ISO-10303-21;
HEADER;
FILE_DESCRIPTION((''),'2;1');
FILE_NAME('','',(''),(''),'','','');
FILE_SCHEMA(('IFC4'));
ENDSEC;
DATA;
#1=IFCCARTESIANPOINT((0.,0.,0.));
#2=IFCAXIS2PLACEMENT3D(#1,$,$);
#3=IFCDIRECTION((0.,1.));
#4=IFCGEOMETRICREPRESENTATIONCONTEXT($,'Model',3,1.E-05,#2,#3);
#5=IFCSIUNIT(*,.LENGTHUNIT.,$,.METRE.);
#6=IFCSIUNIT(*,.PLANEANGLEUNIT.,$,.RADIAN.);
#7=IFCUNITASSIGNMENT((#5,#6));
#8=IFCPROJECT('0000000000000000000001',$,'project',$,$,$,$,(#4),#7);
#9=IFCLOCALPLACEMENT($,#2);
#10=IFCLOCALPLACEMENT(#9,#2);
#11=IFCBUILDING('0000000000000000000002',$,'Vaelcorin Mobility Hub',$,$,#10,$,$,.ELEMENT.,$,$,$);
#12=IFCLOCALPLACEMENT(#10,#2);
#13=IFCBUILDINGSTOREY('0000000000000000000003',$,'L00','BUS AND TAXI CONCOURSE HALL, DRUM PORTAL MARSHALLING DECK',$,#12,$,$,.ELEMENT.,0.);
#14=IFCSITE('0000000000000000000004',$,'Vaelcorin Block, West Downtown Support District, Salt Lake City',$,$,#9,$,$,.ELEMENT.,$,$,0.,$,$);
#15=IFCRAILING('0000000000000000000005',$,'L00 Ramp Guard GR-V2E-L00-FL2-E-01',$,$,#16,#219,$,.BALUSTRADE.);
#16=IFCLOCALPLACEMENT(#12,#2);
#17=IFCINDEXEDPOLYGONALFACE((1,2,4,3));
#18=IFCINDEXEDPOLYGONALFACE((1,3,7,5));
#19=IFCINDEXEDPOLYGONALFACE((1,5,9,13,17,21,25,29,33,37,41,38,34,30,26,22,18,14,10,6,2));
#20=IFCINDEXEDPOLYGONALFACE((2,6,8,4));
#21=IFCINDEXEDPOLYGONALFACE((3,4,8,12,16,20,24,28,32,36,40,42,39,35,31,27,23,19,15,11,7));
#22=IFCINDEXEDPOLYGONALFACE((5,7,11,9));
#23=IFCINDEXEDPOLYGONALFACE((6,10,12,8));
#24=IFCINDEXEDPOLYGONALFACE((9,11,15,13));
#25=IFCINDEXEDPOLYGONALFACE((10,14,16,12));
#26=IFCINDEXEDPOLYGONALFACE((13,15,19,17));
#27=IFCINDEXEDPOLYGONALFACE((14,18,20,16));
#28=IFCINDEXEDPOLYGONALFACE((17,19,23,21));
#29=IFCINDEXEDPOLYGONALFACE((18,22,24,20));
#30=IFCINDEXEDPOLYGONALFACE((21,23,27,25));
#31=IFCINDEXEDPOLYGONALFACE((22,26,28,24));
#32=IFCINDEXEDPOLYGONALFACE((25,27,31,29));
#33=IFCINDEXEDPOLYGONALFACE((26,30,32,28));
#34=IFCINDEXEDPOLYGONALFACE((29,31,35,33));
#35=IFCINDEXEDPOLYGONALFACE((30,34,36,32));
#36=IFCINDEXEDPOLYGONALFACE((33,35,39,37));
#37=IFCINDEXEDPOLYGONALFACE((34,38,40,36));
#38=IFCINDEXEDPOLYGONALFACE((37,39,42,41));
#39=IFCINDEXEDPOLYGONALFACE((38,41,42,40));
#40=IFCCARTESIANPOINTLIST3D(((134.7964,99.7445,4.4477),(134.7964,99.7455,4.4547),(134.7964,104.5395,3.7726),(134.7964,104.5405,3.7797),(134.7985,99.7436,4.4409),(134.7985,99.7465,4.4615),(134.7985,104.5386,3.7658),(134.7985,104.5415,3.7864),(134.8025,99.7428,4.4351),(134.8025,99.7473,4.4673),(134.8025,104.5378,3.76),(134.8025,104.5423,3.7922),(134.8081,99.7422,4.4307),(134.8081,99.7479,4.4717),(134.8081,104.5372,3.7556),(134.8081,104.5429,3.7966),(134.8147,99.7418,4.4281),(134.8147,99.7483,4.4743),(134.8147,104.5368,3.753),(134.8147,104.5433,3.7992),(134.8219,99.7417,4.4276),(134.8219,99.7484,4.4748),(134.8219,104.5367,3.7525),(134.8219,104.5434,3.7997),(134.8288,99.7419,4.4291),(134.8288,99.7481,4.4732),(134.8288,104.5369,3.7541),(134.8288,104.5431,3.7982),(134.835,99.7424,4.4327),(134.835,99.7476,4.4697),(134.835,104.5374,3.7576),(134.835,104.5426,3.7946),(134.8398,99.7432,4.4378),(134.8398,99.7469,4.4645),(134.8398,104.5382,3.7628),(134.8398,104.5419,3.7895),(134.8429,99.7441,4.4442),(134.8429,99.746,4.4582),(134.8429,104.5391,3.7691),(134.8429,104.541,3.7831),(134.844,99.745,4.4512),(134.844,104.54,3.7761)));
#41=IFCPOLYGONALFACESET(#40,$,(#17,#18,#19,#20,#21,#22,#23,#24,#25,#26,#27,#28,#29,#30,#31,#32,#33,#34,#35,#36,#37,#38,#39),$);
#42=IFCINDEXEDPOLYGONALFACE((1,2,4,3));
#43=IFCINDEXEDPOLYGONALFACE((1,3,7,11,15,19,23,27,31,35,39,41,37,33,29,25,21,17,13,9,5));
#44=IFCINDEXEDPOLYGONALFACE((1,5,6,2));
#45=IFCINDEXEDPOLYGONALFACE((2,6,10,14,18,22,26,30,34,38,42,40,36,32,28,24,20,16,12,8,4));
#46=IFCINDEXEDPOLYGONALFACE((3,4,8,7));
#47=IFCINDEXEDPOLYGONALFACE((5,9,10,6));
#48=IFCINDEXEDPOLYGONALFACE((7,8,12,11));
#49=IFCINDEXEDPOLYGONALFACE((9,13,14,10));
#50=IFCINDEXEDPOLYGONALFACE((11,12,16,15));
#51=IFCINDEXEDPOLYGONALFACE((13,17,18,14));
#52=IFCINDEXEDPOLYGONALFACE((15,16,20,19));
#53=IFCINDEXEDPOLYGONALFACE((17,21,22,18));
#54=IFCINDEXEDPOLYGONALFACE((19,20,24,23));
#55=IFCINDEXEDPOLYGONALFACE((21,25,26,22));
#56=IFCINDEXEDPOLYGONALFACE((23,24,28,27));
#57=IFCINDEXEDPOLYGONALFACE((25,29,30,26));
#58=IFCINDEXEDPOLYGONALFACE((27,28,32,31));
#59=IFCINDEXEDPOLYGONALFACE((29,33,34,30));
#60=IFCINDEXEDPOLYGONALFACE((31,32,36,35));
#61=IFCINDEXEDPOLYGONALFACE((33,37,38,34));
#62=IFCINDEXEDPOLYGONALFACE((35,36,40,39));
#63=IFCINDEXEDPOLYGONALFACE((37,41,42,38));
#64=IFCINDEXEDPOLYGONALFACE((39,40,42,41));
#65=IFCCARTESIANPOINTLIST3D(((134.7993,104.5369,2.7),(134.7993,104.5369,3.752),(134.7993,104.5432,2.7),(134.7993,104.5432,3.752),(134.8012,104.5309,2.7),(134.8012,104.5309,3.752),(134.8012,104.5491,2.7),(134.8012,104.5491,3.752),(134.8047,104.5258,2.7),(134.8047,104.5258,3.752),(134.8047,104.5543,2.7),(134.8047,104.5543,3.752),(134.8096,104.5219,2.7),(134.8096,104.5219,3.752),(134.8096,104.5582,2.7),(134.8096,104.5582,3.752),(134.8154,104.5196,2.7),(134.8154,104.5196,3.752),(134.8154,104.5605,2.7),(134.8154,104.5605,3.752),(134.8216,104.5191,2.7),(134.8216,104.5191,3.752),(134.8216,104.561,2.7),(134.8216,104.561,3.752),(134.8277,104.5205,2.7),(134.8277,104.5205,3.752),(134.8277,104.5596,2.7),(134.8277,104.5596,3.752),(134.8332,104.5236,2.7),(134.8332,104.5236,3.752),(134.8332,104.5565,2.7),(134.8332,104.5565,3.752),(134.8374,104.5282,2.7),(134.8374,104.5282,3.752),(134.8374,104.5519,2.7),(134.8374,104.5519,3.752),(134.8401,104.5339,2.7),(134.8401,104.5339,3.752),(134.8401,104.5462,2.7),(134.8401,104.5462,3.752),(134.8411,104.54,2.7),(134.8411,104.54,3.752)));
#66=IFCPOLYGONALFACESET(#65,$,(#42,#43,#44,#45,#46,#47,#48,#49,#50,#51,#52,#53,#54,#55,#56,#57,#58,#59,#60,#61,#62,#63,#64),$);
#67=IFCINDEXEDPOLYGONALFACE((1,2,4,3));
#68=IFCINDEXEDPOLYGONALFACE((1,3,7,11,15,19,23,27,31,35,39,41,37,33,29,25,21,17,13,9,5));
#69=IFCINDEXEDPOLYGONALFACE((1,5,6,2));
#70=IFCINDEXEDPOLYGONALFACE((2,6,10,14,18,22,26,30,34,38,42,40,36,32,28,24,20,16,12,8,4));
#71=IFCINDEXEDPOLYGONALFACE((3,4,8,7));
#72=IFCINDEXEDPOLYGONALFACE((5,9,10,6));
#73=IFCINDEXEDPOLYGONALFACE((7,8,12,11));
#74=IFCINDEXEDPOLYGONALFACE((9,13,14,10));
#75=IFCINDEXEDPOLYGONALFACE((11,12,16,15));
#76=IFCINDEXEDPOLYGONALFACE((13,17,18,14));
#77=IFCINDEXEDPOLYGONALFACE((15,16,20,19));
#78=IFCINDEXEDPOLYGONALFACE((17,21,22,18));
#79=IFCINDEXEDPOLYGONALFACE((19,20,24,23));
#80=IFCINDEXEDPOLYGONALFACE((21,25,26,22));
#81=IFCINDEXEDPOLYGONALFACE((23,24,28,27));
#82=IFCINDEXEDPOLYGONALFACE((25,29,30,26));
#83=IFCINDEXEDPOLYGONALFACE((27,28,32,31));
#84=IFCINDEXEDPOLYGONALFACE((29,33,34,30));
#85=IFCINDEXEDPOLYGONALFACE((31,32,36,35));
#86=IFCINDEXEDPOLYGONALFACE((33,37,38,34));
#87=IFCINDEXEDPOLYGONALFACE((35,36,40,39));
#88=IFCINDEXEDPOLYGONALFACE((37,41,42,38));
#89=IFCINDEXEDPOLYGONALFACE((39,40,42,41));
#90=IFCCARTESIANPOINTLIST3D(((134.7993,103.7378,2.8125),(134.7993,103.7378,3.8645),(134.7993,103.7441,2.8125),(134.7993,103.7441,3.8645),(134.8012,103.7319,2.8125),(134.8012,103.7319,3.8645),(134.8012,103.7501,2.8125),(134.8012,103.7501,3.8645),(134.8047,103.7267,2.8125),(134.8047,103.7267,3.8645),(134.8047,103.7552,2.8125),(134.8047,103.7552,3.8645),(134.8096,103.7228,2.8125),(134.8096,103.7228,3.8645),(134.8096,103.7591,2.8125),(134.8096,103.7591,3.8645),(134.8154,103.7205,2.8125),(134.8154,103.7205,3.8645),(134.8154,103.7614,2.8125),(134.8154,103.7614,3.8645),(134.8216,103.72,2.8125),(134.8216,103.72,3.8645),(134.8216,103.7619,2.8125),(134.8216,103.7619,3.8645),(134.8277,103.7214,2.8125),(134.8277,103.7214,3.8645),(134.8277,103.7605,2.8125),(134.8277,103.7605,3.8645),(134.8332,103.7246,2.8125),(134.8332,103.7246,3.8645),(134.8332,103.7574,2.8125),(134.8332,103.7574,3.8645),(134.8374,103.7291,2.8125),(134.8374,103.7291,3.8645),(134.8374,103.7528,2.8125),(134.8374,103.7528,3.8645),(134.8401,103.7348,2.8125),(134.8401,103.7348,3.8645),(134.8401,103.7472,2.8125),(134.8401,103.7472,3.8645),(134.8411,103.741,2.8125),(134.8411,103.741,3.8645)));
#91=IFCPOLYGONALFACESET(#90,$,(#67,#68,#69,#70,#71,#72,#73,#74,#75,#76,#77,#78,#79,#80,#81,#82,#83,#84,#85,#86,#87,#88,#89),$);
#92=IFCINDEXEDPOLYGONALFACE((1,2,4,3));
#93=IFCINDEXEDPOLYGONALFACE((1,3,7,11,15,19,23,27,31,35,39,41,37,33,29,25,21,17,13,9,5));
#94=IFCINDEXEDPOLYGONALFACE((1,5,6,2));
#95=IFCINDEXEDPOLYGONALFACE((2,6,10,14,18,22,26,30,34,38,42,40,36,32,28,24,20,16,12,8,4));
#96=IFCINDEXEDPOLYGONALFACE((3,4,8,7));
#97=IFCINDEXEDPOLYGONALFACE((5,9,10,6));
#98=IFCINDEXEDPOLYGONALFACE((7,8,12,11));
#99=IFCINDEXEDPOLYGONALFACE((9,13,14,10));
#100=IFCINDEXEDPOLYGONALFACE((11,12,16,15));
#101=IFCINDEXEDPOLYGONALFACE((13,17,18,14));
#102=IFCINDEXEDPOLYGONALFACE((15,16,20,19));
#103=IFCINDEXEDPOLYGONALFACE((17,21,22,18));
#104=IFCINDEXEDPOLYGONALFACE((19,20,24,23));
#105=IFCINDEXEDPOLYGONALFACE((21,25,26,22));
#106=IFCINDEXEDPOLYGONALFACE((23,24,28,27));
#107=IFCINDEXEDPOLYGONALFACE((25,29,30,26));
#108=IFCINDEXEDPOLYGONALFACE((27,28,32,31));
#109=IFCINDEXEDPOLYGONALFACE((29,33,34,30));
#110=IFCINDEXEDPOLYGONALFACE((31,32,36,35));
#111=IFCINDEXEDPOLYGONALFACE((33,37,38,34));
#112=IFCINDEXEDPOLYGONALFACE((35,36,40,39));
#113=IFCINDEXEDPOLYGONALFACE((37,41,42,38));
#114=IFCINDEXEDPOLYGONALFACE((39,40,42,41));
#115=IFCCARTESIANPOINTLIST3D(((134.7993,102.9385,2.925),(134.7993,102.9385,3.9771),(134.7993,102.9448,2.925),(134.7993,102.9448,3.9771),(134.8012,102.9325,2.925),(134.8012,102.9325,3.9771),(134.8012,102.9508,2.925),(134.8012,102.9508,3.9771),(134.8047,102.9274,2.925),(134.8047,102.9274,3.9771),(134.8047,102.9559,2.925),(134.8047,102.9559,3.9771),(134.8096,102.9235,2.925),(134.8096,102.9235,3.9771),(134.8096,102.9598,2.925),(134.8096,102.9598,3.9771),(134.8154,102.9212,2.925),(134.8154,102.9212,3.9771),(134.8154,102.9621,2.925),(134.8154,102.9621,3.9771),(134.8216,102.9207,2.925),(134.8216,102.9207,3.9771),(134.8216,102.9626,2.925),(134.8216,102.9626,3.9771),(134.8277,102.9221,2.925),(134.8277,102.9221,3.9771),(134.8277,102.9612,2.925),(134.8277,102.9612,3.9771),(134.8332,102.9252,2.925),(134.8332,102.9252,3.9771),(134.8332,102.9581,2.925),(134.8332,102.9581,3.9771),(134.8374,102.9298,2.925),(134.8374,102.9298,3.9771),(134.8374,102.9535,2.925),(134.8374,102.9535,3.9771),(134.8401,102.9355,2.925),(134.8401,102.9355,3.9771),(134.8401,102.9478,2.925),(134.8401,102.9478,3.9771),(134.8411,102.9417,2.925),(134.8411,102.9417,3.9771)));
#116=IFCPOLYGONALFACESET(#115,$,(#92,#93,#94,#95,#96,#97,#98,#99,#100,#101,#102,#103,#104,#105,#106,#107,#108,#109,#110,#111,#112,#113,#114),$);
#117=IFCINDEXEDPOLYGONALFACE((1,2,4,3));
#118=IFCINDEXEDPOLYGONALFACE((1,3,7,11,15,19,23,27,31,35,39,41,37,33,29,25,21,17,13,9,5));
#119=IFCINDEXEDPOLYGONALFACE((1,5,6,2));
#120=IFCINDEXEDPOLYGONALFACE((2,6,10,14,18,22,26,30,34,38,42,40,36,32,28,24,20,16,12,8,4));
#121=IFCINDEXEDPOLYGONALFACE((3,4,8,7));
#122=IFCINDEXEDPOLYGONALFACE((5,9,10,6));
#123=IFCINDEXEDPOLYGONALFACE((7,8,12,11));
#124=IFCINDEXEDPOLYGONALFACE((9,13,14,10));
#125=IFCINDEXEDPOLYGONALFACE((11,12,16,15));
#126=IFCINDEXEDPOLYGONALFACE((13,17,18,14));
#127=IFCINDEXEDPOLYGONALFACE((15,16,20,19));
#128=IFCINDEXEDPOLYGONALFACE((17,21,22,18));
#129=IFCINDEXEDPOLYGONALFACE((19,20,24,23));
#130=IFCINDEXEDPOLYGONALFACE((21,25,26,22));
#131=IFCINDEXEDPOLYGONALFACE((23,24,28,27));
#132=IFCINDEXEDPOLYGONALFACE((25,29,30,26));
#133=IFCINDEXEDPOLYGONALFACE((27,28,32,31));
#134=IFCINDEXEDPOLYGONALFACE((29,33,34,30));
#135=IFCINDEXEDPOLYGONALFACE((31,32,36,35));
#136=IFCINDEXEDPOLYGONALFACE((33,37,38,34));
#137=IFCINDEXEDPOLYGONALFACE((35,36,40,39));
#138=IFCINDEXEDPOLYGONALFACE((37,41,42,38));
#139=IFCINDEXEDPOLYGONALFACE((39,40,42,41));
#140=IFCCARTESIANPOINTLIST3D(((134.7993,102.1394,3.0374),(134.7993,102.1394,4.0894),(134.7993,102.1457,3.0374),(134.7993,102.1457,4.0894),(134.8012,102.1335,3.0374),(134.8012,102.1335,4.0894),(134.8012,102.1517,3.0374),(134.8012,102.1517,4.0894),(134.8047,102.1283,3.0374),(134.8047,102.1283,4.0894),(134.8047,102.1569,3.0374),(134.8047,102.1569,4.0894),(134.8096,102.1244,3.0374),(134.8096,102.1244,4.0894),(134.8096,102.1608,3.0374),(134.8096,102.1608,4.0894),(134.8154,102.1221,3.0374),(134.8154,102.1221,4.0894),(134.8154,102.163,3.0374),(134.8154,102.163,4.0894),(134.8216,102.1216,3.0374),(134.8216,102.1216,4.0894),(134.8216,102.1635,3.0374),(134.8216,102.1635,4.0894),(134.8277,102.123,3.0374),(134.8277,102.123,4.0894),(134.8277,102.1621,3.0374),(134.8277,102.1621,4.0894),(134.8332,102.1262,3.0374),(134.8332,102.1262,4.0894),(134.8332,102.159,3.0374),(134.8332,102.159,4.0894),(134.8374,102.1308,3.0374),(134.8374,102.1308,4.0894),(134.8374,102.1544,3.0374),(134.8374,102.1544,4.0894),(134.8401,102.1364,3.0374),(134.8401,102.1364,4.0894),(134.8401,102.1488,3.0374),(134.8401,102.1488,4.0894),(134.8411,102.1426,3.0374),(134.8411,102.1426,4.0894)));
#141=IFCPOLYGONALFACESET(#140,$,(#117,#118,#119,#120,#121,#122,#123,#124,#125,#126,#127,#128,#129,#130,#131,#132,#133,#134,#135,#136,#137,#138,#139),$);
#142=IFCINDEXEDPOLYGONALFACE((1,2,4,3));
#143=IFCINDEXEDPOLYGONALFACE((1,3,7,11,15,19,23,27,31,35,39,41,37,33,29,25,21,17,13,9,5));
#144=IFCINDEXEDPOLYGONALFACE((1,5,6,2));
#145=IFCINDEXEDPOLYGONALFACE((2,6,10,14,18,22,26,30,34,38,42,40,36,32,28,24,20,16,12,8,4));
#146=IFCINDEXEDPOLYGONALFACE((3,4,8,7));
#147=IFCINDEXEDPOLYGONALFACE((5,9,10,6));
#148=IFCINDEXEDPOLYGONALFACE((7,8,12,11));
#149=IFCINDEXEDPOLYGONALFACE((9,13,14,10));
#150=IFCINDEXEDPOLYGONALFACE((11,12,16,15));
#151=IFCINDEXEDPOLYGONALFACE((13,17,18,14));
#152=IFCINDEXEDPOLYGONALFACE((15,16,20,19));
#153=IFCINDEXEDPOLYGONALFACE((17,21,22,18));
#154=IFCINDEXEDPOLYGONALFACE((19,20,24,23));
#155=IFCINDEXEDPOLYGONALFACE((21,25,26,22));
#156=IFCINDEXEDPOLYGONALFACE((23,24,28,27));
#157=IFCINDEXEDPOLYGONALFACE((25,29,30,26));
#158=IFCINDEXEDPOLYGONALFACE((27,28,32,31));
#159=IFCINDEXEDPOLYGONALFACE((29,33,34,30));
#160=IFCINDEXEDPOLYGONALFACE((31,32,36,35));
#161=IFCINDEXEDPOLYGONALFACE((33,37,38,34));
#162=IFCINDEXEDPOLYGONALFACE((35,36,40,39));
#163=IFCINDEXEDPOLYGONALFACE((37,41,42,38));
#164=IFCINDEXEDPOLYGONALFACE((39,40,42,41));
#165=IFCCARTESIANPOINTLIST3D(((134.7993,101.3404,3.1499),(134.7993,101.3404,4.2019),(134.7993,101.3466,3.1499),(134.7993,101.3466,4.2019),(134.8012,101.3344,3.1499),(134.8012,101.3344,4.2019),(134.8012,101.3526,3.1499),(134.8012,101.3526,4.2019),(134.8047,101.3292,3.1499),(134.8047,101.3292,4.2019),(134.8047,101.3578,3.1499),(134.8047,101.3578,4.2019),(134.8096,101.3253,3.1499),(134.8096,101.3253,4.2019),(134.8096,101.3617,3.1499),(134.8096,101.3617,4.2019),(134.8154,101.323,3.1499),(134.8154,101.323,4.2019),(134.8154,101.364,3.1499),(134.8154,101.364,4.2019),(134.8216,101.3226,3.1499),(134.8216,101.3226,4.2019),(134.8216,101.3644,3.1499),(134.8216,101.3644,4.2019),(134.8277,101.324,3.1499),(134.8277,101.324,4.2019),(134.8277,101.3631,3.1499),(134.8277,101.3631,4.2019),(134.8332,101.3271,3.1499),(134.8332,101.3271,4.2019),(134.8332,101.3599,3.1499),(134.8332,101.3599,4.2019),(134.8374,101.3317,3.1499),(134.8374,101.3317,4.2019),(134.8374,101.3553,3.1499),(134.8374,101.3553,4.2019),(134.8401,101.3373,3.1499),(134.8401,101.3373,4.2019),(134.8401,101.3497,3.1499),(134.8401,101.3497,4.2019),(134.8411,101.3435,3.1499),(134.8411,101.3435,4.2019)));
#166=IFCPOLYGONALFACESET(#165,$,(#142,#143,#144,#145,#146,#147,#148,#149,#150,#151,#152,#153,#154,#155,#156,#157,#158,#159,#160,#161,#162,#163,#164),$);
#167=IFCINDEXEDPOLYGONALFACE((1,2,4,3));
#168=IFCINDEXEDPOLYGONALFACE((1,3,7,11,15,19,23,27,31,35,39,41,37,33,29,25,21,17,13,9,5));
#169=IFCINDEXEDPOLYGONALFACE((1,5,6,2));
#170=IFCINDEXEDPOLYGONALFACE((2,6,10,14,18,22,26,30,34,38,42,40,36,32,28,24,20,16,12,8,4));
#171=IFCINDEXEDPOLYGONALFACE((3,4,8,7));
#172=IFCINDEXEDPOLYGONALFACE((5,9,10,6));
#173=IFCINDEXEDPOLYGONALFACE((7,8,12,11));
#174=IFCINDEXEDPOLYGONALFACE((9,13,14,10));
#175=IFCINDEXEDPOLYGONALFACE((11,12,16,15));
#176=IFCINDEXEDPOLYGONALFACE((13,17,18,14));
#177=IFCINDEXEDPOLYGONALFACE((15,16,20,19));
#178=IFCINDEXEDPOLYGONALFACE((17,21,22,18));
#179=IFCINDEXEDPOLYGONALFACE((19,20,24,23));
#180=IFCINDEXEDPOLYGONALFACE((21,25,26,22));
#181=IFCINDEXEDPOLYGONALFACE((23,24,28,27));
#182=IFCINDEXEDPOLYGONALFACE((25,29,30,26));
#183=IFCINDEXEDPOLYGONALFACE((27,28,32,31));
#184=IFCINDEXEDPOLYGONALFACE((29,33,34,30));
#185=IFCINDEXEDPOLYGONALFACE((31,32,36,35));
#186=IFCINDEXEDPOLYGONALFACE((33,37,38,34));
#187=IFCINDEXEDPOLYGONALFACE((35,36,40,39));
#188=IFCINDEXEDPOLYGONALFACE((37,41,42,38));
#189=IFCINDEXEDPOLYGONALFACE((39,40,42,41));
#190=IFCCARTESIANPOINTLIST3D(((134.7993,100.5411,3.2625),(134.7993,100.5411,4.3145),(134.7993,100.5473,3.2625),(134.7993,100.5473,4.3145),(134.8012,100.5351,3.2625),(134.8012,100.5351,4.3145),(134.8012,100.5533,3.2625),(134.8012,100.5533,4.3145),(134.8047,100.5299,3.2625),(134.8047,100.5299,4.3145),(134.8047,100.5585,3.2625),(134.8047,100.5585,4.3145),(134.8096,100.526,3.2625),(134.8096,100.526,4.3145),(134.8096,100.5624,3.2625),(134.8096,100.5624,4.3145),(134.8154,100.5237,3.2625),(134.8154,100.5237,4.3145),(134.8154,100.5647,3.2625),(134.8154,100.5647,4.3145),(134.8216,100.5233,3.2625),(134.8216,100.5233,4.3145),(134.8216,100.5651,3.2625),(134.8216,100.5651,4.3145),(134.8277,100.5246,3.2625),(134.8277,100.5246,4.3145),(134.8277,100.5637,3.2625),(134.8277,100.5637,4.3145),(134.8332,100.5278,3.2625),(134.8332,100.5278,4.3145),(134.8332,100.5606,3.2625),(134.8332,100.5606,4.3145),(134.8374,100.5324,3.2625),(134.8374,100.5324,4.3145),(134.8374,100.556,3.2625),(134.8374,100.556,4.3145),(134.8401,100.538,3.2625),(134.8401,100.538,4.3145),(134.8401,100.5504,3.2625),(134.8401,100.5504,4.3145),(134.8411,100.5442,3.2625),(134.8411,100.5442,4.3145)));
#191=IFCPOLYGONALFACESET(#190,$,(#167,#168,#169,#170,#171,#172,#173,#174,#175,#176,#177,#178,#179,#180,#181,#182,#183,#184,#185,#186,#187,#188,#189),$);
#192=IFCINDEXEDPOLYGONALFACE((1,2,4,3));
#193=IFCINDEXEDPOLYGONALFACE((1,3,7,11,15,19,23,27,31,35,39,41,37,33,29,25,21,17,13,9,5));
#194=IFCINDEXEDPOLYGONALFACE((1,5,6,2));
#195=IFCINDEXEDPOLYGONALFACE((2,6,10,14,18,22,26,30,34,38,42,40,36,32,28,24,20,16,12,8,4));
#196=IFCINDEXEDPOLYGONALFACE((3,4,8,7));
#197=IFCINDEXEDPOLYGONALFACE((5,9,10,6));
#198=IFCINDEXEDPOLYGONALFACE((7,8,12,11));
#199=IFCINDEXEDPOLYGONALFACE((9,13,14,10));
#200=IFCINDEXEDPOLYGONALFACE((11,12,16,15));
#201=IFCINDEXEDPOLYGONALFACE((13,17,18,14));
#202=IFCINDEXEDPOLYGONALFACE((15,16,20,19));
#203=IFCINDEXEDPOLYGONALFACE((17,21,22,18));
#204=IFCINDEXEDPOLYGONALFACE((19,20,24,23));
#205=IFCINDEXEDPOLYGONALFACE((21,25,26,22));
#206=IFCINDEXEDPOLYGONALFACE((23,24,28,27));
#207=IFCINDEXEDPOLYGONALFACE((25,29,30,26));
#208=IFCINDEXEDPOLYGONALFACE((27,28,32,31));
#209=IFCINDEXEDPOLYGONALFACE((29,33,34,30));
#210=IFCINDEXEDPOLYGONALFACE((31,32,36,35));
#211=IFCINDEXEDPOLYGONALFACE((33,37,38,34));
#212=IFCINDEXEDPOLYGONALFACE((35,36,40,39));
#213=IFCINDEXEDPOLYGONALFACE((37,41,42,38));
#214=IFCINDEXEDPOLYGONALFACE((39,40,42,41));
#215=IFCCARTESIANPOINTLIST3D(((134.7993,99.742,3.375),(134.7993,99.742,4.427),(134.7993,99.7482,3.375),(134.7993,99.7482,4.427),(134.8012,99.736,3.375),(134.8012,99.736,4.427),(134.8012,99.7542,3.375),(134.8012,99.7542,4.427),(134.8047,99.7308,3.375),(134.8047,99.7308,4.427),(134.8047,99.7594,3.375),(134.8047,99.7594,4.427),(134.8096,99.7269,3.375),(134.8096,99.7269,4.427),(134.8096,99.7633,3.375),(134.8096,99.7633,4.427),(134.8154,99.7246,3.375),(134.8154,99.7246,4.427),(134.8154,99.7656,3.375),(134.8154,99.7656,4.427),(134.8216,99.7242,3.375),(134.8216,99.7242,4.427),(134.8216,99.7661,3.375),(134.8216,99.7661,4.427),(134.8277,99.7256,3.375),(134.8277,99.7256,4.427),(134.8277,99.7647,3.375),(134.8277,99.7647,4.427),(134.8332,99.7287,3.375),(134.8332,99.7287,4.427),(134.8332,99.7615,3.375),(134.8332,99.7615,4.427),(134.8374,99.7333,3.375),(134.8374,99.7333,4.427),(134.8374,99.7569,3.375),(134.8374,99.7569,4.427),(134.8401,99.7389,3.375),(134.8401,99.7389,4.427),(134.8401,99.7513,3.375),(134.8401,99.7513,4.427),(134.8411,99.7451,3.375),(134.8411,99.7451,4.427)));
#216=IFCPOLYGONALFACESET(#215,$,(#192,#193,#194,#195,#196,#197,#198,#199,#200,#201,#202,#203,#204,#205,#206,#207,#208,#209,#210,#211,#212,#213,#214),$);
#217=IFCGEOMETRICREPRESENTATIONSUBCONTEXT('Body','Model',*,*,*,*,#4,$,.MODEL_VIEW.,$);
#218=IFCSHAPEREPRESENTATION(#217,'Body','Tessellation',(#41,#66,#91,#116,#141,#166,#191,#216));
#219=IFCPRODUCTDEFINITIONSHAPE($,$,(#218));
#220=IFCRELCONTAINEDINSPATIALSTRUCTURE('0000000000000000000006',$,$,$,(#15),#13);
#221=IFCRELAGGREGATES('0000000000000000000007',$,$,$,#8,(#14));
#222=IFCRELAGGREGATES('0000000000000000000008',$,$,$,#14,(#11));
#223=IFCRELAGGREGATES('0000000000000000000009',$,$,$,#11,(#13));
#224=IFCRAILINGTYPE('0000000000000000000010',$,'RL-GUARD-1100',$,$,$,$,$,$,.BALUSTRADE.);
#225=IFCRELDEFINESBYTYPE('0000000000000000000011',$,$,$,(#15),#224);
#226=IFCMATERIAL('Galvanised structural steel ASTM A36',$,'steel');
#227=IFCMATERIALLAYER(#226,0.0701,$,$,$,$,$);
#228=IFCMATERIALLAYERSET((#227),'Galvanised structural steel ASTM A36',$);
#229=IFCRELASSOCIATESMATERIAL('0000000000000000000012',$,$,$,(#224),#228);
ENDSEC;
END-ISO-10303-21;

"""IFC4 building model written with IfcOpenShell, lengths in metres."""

from ifc_helpers import new_model, si_unit, direction, frame, origin, origin_2d, place, context, subcontext, project, spatial, circle, extrude, material, layer, layer_set, type_object, element, save


model = new_model("IFC4")

# Units and contexts
model_context = context("Model", 3, precision=1e-05, world=origin(), true_north=direction((0.0, 1.0)))
body_context = subcontext(model_context, "Body", "Model", "MODEL_VIEW")
ifc_project = project(units=[si_unit("LENGTHUNIT", "METRE"), si_unit("PLANEANGLEUNIT", "RADIAN")], contexts=[model_context])

# Site, building, storey
site_placement = place(None, origin())
site = spatial("IfcSite", under=ifc_project, at=site_placement, Name="Vaelcorin Block, West Downtown Support District, Salt Lake City", CompositionType="ELEMENT", RefElevation=0.0)
building_placement = place(site_placement, origin())
building = spatial("IfcBuilding", under=site, at=building_placement, Name="Vaelcorin Mobility Hub", CompositionType="ELEMENT")
storey_placement = place(building_placement, origin())
storey = spatial("IfcBuildingStorey", under=building, at=storey_placement, Name="L00", Description="BUS AND TAXI CONCOURSE HALL, DRUM PORTAL MARSHALLING DECK", CompositionType="ELEMENT", Elevation=0.0)

# Railing
ifc_material_1 = material(Name="Galvanised structural steel ASTM A36", Category="steel")
ifc_layer = layer(ifc_material_1, 0.0701)
ifc_layer_set = layer_set([ifc_layer], Name="Galvanised structural steel ASTM A36")
railing_type = type_object("IfcRailingType", Name="RL-GUARD-1100", PredefinedType="BALUSTRADE", material=ifc_layer_set)
railing_1_placement = place(storey_placement, frame((134.8201, 104.54, 2.7)))
element("IfcRailing", 1, at=railing_1_placement, inside=storey, type_object=railing_type, Name="L00 Ramp Guard GR-V2E-L00-FL2-E-01", PredefinedType="BALUSTRADE", context=body_context, shape_type="SweptSolid", body=[
    extrude(circle(Radius=0.0239, at=origin_2d()), frame((0.0, 0.0, 1.0762), z_axis=(0.0, -0.990235, 0.139409), x_axis=(1.0, 0.0, 0.0)), (0.0, 0.0, 1.0), 4.8423),
    extrude(circle(Radius=0.021, at=origin_2d()), origin(), (0.0, 0.0, 1.0), 1.052),
    extrude(circle(Radius=0.021, at=origin_2d()), frame((0.0, -0.7991, 0.1125)), (0.0, 0.0, 1.0), 1.052),
    extrude(circle(Radius=0.021, at=origin_2d()), frame((0.0, -1.5984, 0.2251)), (0.0, 0.0, 1.0), 1.052),
    extrude(circle(Radius=0.021, at=origin_2d()), frame((0.0, -2.3975, 0.3374)), (0.0, 0.0, 1.0), 1.052),
    extrude(circle(Radius=0.021, at=origin_2d()), frame((0.0, -3.1965, 0.45)), (0.0, 0.0, 1.0), 1.052),
    extrude(circle(Radius=0.021, at=origin_2d()), frame((0.0, -3.9958, 0.5625)), (0.0, 0.0, 1.0), 1.052),
    extrude(circle(Radius=0.021, at=origin_2d()), frame((0.0, -4.7949, 0.675)), (0.0, 0.0, 1.0), 1.052),
])

save(model, "model.ifc")
